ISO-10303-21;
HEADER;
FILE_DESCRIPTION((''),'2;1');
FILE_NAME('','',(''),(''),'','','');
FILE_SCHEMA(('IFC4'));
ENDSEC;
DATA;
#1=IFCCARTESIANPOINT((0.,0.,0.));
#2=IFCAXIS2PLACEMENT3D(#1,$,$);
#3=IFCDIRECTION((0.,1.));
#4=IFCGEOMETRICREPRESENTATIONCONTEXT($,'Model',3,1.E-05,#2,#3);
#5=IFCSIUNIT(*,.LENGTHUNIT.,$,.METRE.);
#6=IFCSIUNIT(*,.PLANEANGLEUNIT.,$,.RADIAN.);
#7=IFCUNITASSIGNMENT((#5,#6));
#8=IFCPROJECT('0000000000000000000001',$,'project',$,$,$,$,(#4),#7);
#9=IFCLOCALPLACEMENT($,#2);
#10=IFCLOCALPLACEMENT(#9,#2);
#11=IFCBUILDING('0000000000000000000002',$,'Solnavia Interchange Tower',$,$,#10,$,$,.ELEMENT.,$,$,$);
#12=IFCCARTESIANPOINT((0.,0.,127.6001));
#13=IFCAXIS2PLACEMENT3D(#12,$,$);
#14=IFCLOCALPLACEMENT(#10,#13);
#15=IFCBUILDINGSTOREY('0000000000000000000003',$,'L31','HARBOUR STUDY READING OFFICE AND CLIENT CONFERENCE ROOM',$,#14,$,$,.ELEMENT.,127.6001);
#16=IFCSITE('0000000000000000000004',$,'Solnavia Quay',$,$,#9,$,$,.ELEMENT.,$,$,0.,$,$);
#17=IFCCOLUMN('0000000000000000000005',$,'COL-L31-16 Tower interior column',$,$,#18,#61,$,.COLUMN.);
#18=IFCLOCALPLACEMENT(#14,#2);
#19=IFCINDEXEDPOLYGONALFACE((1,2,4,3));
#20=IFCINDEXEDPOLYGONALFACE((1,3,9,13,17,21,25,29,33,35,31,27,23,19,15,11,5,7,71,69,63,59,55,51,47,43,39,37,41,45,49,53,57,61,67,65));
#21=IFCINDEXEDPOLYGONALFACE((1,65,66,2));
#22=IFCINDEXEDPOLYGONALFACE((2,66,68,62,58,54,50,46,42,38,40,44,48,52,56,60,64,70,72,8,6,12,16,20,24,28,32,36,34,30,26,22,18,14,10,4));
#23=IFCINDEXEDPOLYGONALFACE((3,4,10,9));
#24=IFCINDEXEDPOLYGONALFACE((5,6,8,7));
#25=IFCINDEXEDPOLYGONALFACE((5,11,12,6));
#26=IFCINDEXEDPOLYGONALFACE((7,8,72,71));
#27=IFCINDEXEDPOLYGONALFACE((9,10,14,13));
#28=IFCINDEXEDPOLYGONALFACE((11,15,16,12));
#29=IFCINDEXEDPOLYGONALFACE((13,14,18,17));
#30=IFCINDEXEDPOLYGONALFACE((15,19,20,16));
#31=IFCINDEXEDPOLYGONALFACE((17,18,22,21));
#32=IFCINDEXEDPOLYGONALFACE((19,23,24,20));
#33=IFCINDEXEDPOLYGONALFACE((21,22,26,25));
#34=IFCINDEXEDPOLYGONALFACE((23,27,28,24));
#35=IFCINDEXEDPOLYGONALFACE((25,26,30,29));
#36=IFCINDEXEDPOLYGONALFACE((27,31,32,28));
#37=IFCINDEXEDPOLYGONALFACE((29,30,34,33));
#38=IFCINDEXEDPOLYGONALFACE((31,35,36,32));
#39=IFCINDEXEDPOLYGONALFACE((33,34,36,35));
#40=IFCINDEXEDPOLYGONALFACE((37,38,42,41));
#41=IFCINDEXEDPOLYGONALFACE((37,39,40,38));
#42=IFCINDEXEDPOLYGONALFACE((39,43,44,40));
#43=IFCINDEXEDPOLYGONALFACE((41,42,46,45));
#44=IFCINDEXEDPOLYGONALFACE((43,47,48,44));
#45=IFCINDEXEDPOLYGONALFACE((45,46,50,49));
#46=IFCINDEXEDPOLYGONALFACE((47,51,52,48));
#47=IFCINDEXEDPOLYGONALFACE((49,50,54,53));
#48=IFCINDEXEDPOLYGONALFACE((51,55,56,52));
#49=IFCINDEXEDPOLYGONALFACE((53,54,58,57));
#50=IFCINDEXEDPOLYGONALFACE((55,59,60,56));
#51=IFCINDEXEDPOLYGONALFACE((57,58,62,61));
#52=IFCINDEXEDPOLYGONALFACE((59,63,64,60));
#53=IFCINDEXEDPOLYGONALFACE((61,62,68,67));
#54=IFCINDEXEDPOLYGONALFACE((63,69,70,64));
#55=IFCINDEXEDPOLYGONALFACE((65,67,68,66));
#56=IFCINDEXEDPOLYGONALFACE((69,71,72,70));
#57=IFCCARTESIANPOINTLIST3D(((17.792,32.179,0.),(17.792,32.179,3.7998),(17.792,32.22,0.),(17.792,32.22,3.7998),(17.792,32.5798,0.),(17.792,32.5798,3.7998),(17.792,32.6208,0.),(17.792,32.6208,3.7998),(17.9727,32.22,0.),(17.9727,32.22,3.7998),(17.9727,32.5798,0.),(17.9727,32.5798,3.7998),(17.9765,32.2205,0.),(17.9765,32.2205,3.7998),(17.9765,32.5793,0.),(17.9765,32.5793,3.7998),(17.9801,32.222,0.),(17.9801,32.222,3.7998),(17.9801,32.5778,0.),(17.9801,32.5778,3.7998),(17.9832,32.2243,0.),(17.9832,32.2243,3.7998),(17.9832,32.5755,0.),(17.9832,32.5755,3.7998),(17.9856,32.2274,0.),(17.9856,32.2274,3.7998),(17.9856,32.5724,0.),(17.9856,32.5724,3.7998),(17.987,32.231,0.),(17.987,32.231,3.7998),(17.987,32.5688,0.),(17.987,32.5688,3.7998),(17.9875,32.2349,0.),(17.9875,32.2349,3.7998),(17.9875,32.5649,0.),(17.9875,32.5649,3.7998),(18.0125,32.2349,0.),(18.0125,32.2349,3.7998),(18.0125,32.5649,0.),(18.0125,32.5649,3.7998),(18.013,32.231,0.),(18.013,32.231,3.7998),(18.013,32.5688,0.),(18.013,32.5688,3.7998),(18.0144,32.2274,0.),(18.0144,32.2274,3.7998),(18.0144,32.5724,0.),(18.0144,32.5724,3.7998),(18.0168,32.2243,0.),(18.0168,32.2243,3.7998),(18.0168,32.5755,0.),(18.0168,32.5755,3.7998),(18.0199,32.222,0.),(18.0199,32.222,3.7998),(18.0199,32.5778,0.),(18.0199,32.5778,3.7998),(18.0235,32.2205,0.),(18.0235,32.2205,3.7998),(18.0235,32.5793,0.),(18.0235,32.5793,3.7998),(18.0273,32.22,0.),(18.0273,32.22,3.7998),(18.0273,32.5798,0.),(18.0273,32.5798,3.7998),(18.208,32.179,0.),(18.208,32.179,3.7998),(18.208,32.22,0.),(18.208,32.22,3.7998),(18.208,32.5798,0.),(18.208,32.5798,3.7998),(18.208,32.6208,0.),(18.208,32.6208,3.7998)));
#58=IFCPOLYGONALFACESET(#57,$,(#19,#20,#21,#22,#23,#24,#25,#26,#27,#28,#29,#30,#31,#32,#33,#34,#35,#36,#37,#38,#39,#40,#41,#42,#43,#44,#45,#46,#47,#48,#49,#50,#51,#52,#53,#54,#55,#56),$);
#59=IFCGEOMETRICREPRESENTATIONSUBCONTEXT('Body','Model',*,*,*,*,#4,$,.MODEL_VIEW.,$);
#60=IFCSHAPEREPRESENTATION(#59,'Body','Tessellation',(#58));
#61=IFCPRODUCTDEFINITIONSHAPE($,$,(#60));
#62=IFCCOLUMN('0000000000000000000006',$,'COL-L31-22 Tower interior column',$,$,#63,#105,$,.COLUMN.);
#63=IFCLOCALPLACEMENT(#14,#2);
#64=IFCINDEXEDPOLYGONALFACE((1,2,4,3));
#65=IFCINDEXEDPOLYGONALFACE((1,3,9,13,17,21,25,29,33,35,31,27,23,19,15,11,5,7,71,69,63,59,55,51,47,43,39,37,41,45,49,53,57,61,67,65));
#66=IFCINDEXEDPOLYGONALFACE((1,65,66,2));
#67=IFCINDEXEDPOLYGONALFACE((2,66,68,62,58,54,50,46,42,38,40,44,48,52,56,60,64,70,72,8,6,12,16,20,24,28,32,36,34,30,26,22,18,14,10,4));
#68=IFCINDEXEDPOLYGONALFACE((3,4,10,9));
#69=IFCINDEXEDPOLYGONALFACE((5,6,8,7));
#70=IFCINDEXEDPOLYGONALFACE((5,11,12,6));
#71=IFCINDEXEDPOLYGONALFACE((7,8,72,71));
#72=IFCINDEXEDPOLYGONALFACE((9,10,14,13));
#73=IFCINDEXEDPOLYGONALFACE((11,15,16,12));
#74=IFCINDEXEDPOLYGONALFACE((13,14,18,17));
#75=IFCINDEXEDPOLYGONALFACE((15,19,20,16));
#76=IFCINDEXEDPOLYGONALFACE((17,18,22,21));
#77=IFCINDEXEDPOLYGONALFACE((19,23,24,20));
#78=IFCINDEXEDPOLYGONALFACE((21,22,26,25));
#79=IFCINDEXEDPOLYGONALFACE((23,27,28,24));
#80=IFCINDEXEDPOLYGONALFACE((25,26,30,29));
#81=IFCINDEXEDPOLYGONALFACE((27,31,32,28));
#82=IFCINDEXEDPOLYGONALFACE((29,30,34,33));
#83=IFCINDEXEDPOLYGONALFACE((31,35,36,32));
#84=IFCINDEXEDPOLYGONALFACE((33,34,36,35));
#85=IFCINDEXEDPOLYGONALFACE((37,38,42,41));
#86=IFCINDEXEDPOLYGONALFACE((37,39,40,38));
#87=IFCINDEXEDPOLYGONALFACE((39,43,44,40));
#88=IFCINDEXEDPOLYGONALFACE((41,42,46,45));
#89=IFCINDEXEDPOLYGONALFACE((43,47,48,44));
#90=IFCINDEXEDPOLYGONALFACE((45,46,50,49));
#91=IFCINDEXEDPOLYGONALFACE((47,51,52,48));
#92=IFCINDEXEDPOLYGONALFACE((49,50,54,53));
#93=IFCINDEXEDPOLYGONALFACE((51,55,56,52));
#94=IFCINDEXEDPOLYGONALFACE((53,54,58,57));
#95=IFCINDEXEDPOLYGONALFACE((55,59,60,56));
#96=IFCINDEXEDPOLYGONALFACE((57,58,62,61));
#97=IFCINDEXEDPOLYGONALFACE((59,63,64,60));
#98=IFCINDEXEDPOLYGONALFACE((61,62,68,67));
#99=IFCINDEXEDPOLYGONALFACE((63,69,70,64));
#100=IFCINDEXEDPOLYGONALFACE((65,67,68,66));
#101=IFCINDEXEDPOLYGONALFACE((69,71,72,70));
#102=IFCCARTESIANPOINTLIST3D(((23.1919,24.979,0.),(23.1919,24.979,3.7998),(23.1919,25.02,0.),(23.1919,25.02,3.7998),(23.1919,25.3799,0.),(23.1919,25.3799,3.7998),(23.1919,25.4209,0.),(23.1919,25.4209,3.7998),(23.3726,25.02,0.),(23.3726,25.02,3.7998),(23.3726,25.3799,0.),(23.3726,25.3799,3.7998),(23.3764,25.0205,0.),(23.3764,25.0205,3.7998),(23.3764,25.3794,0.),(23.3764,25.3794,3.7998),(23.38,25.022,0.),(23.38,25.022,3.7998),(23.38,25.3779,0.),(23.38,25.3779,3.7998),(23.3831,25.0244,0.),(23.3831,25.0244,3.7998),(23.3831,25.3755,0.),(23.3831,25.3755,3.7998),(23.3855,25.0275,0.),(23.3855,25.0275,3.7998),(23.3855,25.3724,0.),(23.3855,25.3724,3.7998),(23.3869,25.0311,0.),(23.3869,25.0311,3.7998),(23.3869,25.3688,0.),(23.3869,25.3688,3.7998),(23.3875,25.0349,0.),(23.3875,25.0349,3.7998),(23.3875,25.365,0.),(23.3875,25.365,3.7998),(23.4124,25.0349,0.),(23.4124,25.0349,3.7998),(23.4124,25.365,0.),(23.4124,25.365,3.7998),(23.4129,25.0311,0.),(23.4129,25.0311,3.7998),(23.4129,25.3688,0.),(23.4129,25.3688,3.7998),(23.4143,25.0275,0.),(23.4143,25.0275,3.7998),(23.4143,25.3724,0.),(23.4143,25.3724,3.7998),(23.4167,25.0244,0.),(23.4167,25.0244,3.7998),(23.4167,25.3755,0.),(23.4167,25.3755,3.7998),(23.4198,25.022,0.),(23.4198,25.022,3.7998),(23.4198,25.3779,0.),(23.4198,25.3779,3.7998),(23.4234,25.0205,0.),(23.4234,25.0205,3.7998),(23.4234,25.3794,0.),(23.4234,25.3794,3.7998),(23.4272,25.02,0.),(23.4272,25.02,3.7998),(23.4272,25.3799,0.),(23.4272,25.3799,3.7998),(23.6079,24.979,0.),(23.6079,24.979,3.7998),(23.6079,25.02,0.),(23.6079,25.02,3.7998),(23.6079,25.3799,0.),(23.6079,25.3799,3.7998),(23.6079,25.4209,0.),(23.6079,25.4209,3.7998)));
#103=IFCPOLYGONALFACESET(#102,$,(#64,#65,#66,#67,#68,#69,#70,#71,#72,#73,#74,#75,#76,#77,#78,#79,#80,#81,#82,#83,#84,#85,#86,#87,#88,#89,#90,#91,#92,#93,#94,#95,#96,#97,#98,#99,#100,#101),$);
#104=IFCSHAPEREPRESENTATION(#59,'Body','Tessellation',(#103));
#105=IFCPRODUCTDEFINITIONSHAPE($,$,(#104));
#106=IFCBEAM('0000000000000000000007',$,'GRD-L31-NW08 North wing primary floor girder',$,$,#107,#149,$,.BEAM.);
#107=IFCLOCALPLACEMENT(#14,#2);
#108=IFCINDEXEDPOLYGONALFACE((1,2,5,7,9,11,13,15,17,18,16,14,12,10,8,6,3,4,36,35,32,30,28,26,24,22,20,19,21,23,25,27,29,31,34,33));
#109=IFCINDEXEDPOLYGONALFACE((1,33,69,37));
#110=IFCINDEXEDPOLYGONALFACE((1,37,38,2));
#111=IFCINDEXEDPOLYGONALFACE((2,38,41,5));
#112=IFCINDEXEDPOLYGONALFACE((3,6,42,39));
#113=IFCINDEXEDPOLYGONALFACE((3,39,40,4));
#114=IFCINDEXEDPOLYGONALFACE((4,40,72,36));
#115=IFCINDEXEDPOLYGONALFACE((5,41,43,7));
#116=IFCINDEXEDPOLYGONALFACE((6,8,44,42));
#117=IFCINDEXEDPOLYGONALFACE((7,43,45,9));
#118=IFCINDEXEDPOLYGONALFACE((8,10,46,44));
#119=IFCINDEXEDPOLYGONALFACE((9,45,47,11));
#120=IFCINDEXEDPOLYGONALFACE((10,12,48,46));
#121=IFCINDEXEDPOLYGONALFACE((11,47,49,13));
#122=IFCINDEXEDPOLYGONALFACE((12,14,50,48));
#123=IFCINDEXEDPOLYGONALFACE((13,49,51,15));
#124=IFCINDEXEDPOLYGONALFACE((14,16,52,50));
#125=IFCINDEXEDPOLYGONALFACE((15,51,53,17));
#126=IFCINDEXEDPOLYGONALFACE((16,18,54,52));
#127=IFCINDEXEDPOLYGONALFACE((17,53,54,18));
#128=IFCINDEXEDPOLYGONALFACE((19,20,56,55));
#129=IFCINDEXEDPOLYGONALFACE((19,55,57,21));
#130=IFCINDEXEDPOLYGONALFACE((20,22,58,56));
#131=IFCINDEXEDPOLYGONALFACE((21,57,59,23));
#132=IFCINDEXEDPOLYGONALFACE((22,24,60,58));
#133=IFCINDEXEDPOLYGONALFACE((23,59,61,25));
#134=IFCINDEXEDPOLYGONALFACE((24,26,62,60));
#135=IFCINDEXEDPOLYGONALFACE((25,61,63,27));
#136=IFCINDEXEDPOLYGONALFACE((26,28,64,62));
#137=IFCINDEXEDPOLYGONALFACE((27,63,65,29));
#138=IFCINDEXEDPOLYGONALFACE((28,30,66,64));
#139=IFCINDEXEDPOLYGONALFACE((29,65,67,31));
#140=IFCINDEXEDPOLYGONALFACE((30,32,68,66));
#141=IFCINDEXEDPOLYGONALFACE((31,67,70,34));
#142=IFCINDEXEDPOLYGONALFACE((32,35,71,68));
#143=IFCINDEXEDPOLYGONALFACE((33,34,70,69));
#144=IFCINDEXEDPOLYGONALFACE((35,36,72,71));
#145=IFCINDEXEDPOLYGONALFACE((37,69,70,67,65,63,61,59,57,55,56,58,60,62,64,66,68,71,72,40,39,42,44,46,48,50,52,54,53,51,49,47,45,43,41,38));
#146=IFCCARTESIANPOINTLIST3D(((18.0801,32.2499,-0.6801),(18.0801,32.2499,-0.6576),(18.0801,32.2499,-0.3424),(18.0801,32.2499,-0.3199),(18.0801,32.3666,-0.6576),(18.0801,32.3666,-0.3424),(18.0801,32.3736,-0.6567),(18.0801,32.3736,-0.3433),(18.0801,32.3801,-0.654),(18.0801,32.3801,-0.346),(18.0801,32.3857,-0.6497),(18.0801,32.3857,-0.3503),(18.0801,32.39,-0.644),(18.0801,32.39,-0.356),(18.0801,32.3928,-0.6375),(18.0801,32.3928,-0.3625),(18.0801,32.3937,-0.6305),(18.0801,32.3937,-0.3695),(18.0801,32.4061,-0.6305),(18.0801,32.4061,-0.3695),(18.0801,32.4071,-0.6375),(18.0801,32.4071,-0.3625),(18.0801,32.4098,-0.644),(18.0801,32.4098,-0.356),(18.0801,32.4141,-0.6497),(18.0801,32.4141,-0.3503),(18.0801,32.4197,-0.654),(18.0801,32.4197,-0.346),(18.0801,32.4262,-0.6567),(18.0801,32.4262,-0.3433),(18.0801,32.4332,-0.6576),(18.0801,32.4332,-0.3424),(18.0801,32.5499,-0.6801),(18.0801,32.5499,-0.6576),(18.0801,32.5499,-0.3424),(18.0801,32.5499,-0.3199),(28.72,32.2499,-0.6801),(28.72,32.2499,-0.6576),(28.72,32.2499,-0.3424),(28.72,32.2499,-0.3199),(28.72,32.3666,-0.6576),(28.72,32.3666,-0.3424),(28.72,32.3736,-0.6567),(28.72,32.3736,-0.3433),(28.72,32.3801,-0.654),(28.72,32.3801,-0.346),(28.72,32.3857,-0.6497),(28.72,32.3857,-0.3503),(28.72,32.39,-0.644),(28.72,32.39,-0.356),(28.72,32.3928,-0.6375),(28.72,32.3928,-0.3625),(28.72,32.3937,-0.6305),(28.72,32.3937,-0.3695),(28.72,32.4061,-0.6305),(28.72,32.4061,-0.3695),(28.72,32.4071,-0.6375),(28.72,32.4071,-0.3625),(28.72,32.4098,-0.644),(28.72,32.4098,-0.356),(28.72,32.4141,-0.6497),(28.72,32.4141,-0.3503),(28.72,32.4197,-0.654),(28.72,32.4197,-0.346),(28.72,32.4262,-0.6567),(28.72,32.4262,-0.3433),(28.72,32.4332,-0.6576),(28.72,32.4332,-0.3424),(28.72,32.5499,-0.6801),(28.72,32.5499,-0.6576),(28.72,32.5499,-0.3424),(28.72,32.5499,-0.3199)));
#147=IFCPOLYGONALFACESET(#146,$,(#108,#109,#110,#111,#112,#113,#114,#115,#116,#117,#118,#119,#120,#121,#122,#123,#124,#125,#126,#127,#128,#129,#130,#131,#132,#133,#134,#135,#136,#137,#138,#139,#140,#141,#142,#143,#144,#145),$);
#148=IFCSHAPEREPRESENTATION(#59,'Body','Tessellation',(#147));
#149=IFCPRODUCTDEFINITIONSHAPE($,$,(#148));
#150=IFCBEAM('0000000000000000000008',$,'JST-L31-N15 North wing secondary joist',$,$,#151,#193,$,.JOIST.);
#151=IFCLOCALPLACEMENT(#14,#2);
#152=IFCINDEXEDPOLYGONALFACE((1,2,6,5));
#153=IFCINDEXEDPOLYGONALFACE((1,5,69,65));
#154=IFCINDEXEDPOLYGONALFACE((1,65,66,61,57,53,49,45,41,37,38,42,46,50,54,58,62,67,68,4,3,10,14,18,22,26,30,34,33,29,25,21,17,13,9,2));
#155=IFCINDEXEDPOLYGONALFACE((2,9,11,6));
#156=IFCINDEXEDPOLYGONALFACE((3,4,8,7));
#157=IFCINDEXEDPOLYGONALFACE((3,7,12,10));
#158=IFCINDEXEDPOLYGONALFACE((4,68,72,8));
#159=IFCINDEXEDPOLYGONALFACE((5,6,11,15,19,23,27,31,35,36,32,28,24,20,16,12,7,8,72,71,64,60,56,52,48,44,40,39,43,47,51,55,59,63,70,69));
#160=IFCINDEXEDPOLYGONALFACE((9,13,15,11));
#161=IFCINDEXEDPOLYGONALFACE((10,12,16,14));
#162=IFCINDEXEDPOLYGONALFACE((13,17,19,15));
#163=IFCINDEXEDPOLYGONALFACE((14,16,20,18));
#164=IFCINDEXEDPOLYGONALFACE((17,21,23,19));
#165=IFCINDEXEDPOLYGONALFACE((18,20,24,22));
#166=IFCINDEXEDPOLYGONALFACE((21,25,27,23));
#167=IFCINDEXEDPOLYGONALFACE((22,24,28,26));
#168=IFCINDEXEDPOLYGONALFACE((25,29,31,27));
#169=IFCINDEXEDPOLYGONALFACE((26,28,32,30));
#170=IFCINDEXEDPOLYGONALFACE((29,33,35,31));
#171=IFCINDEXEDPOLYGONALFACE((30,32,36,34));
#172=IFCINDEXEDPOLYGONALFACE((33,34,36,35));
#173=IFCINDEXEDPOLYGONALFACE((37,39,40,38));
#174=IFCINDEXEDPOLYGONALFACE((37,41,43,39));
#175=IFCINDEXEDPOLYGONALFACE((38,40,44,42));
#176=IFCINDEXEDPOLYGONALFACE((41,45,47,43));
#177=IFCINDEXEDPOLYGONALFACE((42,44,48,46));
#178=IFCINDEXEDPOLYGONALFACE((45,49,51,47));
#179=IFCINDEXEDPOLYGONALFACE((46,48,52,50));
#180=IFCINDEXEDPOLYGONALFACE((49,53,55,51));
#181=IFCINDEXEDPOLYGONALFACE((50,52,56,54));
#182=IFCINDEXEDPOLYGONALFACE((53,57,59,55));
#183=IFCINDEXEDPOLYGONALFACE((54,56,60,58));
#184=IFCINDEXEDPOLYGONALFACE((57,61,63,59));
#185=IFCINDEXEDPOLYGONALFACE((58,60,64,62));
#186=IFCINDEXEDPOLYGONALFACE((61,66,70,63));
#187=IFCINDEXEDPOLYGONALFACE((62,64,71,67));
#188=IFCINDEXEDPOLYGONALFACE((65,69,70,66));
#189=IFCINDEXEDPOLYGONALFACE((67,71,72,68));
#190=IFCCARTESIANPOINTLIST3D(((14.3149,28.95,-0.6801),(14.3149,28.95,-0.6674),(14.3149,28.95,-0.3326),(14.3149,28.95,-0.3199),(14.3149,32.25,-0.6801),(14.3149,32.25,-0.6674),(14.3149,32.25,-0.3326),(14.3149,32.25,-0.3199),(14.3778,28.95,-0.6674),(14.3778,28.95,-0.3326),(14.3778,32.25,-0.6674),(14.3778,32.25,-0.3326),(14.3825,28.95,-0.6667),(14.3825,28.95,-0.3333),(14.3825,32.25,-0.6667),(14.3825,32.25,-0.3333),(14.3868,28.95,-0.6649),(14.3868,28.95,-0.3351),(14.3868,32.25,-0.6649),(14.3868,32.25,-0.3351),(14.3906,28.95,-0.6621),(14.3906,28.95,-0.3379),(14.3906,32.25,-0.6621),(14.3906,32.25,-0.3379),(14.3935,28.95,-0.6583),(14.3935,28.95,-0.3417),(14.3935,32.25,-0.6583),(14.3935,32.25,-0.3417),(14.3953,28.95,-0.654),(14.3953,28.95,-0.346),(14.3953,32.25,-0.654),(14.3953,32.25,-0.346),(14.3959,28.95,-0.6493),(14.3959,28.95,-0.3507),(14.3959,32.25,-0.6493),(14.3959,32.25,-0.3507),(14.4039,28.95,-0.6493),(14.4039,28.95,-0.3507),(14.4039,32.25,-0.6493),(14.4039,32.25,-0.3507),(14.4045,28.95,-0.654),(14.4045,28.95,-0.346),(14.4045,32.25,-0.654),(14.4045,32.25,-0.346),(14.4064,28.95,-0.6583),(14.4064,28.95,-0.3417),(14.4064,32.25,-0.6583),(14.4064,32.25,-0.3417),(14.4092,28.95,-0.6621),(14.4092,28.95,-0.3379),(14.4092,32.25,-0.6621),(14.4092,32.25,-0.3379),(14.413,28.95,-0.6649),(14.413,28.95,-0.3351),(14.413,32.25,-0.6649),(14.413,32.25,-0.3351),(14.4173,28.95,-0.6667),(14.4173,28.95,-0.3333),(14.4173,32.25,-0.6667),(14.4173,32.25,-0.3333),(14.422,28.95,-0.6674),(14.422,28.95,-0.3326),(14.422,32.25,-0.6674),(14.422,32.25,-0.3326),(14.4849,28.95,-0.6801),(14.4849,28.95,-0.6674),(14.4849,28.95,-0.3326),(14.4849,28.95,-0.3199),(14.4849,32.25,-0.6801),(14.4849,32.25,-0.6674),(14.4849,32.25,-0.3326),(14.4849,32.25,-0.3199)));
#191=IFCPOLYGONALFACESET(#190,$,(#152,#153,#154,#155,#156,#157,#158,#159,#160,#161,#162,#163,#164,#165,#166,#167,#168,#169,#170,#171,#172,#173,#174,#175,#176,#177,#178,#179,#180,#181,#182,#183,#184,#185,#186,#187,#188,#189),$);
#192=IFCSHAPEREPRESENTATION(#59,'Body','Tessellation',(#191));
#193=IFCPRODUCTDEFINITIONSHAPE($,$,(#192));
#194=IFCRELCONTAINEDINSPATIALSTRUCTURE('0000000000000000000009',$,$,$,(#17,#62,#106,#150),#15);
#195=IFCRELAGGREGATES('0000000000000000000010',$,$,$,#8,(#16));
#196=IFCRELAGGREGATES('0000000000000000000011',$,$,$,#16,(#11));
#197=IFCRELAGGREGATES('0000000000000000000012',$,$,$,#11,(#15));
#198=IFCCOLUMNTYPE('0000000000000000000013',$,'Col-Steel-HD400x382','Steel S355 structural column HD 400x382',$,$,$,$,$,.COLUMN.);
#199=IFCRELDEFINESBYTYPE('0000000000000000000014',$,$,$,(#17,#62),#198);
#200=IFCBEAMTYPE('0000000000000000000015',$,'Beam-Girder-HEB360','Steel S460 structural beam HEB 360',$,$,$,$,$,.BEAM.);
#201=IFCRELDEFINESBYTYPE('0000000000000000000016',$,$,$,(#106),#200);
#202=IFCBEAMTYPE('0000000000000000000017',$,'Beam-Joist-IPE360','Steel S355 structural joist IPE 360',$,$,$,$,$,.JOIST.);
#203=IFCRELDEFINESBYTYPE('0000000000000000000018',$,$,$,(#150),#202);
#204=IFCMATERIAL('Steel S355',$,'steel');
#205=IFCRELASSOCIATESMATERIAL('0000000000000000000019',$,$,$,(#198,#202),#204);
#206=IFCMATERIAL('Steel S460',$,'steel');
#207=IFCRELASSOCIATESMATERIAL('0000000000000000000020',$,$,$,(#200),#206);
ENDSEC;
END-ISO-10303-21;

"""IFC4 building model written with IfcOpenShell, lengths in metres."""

from ifc_helpers import new_model, si_unit, direction, frame, origin, origin_2d, place, context, subcontext, project, spatial, i_section, extrude, material, material_profile, profile_set, type_object, element, save


model = new_model("IFC4")

# Units and contexts
model_context = context("Model", 3, precision=1e-05, world=origin(), true_north=direction((0.0, 1.0)))
body_context = subcontext(model_context, "Body", "Model", "MODEL_VIEW")
ifc_project = project(units=[si_unit("LENGTHUNIT", "METRE"), si_unit("PLANEANGLEUNIT", "RADIAN")], contexts=[model_context])

# Site, building, storey
site_placement = place(None, origin())
site = spatial("IfcSite", under=ifc_project, at=site_placement, Name="Solnavia Quay", CompositionType="ELEMENT", RefElevation=0.0)
building_placement = place(site_placement, origin())
building = spatial("IfcBuilding", under=site, at=building_placement, Name="Solnavia Interchange Tower", CompositionType="ELEMENT")
storey_placement = place(building_placement, frame((0.0, 0.0, 127.6001)))
storey = spatial("IfcBuildingStorey", under=building, at=storey_placement, Name="L31", Description="HARBOUR STUDY READING OFFICE AND CLIENT CONFERENCE ROOM", CompositionType="ELEMENT", Elevation=127.6001)

# Columns
ifc_material_1 = material(Name="Steel S355", Category="steel")
ifc_material_profile_1 = material_profile(ifc_material_1, i_section(OverallWidth=0.416, OverallDepth=0.4419, WebThickness=0.0249, FlangeThickness=0.041, FilletRadius=0.0149, at=origin_2d()), Name="HD 400x382")
ifc_profile_set_1 = profile_set([ifc_material_profile_1], Name="Steel S355")
column_type = type_object("IfcColumnType", Name="Col-Steel-HD400x382", Description="Steel S355 structural column HD 400x382", PredefinedType="COLUMN", material=ifc_profile_set_1)
for number, where, z_axis, x_axis, name in (
    (1, (18.0, 32.3999, 0.0), (0.0, 0.0, 1.0), (1.0, 0.0, 0.0), "COL-L31-16 Tower interior column"),
    (2, (23.3999, 25.2, 0.0), (0.0, 0.0, 1.0), (1.0, 0.0, 0.0), "COL-L31-22 Tower interior column"),
):
    element("IfcColumn", number, at=place(storey_placement, frame(where, z_axis=z_axis, x_axis=x_axis)), inside=storey, type_object=column_type, Name=name, PredefinedType="COLUMN", context=body_context, shape_type="SweptSolid", body=[
        extrude(i_section(OverallWidth=0.416, OverallDepth=0.4419, WebThickness=0.0249, FlangeThickness=0.041, FilletRadius=0.0149, at=origin_2d()), origin(), (0.0, 0.0, 1.0), 3.7998),
    ])

# Beams
ifc_material_2 = material(Name="Steel S460", Category="steel")
ifc_material_profile_2 = material_profile(ifc_material_2, i_section(OverallWidth=0.3, OverallDepth=0.3601, WebThickness=0.0125, FlangeThickness=0.0225, FilletRadius=0.0271, at=origin_2d()), Name="HEB 360")
ifc_profile_set_2 = profile_set([ifc_material_profile_2], Name="Steel S460")
beam_type_1 = type_object("IfcBeamType", Name="Beam-Girder-HEB360", Description="Steel S460 structural beam HEB 360", PredefinedType="BEAM", material=ifc_profile_set_2)
beam_1_placement = place(storey_placement, frame((18.0801, 32.3999, -0.5), z_axis=(1.0, 0.0, 0.0), x_axis=(0.0, 1.0, 0.0)))
element("IfcBeam", 3, at=beam_1_placement, inside=storey, type_object=beam_type_1, Name="GRD-L31-NW08 North wing primary floor girder", PredefinedType="BEAM", context=body_context, shape_type="SweptSolid", body=[
    extrude(i_section(OverallWidth=0.3, OverallDepth=0.3601, WebThickness=0.0125, FlangeThickness=0.0225, FilletRadius=0.0271, at=origin_2d()), origin(), (0.0, 0.0, 1.0), 10.6399),
])
ifc_material_profile_3 = material_profile(ifc_material_1, i_section(OverallWidth=0.1699, OverallDepth=0.3601, WebThickness=0.0081, FlangeThickness=0.0127, FilletRadius=0.0181, at=origin_2d()), Name="IPE 360")
ifc_profile_set_3 = profile_set([ifc_material_profile_3], Name="Steel S355")
beam_type_2 = type_object("IfcBeamType", Name="Beam-Joist-IPE360", Description="Steel S355 structural joist IPE 360", PredefinedType="JOIST", material=ifc_profile_set_3)
for number, where, z_axis, x_axis, name in (
    (4, (14.3999, 28.95, -0.5), (0.0, 1.0, 0.0), (-1.0, 0.0, 0.0), "JST-L31-N15 North wing secondary joist"),
):
    element("IfcBeam", number, at=place(storey_placement, frame(where, z_axis=z_axis, x_axis=x_axis)), inside=storey, type_object=beam_type_2, Name=name, PredefinedType="JOIST", context=body_context, shape_type="SweptSolid", body=[
        extrude(i_section(OverallWidth=0.1699, OverallDepth=0.3601, WebThickness=0.0081, FlangeThickness=0.0127, FilletRadius=0.0181, at=origin_2d()), origin(), (0.0, 0.0, 1.0), 3.3),
    ])

save(model, "model.ifc")
